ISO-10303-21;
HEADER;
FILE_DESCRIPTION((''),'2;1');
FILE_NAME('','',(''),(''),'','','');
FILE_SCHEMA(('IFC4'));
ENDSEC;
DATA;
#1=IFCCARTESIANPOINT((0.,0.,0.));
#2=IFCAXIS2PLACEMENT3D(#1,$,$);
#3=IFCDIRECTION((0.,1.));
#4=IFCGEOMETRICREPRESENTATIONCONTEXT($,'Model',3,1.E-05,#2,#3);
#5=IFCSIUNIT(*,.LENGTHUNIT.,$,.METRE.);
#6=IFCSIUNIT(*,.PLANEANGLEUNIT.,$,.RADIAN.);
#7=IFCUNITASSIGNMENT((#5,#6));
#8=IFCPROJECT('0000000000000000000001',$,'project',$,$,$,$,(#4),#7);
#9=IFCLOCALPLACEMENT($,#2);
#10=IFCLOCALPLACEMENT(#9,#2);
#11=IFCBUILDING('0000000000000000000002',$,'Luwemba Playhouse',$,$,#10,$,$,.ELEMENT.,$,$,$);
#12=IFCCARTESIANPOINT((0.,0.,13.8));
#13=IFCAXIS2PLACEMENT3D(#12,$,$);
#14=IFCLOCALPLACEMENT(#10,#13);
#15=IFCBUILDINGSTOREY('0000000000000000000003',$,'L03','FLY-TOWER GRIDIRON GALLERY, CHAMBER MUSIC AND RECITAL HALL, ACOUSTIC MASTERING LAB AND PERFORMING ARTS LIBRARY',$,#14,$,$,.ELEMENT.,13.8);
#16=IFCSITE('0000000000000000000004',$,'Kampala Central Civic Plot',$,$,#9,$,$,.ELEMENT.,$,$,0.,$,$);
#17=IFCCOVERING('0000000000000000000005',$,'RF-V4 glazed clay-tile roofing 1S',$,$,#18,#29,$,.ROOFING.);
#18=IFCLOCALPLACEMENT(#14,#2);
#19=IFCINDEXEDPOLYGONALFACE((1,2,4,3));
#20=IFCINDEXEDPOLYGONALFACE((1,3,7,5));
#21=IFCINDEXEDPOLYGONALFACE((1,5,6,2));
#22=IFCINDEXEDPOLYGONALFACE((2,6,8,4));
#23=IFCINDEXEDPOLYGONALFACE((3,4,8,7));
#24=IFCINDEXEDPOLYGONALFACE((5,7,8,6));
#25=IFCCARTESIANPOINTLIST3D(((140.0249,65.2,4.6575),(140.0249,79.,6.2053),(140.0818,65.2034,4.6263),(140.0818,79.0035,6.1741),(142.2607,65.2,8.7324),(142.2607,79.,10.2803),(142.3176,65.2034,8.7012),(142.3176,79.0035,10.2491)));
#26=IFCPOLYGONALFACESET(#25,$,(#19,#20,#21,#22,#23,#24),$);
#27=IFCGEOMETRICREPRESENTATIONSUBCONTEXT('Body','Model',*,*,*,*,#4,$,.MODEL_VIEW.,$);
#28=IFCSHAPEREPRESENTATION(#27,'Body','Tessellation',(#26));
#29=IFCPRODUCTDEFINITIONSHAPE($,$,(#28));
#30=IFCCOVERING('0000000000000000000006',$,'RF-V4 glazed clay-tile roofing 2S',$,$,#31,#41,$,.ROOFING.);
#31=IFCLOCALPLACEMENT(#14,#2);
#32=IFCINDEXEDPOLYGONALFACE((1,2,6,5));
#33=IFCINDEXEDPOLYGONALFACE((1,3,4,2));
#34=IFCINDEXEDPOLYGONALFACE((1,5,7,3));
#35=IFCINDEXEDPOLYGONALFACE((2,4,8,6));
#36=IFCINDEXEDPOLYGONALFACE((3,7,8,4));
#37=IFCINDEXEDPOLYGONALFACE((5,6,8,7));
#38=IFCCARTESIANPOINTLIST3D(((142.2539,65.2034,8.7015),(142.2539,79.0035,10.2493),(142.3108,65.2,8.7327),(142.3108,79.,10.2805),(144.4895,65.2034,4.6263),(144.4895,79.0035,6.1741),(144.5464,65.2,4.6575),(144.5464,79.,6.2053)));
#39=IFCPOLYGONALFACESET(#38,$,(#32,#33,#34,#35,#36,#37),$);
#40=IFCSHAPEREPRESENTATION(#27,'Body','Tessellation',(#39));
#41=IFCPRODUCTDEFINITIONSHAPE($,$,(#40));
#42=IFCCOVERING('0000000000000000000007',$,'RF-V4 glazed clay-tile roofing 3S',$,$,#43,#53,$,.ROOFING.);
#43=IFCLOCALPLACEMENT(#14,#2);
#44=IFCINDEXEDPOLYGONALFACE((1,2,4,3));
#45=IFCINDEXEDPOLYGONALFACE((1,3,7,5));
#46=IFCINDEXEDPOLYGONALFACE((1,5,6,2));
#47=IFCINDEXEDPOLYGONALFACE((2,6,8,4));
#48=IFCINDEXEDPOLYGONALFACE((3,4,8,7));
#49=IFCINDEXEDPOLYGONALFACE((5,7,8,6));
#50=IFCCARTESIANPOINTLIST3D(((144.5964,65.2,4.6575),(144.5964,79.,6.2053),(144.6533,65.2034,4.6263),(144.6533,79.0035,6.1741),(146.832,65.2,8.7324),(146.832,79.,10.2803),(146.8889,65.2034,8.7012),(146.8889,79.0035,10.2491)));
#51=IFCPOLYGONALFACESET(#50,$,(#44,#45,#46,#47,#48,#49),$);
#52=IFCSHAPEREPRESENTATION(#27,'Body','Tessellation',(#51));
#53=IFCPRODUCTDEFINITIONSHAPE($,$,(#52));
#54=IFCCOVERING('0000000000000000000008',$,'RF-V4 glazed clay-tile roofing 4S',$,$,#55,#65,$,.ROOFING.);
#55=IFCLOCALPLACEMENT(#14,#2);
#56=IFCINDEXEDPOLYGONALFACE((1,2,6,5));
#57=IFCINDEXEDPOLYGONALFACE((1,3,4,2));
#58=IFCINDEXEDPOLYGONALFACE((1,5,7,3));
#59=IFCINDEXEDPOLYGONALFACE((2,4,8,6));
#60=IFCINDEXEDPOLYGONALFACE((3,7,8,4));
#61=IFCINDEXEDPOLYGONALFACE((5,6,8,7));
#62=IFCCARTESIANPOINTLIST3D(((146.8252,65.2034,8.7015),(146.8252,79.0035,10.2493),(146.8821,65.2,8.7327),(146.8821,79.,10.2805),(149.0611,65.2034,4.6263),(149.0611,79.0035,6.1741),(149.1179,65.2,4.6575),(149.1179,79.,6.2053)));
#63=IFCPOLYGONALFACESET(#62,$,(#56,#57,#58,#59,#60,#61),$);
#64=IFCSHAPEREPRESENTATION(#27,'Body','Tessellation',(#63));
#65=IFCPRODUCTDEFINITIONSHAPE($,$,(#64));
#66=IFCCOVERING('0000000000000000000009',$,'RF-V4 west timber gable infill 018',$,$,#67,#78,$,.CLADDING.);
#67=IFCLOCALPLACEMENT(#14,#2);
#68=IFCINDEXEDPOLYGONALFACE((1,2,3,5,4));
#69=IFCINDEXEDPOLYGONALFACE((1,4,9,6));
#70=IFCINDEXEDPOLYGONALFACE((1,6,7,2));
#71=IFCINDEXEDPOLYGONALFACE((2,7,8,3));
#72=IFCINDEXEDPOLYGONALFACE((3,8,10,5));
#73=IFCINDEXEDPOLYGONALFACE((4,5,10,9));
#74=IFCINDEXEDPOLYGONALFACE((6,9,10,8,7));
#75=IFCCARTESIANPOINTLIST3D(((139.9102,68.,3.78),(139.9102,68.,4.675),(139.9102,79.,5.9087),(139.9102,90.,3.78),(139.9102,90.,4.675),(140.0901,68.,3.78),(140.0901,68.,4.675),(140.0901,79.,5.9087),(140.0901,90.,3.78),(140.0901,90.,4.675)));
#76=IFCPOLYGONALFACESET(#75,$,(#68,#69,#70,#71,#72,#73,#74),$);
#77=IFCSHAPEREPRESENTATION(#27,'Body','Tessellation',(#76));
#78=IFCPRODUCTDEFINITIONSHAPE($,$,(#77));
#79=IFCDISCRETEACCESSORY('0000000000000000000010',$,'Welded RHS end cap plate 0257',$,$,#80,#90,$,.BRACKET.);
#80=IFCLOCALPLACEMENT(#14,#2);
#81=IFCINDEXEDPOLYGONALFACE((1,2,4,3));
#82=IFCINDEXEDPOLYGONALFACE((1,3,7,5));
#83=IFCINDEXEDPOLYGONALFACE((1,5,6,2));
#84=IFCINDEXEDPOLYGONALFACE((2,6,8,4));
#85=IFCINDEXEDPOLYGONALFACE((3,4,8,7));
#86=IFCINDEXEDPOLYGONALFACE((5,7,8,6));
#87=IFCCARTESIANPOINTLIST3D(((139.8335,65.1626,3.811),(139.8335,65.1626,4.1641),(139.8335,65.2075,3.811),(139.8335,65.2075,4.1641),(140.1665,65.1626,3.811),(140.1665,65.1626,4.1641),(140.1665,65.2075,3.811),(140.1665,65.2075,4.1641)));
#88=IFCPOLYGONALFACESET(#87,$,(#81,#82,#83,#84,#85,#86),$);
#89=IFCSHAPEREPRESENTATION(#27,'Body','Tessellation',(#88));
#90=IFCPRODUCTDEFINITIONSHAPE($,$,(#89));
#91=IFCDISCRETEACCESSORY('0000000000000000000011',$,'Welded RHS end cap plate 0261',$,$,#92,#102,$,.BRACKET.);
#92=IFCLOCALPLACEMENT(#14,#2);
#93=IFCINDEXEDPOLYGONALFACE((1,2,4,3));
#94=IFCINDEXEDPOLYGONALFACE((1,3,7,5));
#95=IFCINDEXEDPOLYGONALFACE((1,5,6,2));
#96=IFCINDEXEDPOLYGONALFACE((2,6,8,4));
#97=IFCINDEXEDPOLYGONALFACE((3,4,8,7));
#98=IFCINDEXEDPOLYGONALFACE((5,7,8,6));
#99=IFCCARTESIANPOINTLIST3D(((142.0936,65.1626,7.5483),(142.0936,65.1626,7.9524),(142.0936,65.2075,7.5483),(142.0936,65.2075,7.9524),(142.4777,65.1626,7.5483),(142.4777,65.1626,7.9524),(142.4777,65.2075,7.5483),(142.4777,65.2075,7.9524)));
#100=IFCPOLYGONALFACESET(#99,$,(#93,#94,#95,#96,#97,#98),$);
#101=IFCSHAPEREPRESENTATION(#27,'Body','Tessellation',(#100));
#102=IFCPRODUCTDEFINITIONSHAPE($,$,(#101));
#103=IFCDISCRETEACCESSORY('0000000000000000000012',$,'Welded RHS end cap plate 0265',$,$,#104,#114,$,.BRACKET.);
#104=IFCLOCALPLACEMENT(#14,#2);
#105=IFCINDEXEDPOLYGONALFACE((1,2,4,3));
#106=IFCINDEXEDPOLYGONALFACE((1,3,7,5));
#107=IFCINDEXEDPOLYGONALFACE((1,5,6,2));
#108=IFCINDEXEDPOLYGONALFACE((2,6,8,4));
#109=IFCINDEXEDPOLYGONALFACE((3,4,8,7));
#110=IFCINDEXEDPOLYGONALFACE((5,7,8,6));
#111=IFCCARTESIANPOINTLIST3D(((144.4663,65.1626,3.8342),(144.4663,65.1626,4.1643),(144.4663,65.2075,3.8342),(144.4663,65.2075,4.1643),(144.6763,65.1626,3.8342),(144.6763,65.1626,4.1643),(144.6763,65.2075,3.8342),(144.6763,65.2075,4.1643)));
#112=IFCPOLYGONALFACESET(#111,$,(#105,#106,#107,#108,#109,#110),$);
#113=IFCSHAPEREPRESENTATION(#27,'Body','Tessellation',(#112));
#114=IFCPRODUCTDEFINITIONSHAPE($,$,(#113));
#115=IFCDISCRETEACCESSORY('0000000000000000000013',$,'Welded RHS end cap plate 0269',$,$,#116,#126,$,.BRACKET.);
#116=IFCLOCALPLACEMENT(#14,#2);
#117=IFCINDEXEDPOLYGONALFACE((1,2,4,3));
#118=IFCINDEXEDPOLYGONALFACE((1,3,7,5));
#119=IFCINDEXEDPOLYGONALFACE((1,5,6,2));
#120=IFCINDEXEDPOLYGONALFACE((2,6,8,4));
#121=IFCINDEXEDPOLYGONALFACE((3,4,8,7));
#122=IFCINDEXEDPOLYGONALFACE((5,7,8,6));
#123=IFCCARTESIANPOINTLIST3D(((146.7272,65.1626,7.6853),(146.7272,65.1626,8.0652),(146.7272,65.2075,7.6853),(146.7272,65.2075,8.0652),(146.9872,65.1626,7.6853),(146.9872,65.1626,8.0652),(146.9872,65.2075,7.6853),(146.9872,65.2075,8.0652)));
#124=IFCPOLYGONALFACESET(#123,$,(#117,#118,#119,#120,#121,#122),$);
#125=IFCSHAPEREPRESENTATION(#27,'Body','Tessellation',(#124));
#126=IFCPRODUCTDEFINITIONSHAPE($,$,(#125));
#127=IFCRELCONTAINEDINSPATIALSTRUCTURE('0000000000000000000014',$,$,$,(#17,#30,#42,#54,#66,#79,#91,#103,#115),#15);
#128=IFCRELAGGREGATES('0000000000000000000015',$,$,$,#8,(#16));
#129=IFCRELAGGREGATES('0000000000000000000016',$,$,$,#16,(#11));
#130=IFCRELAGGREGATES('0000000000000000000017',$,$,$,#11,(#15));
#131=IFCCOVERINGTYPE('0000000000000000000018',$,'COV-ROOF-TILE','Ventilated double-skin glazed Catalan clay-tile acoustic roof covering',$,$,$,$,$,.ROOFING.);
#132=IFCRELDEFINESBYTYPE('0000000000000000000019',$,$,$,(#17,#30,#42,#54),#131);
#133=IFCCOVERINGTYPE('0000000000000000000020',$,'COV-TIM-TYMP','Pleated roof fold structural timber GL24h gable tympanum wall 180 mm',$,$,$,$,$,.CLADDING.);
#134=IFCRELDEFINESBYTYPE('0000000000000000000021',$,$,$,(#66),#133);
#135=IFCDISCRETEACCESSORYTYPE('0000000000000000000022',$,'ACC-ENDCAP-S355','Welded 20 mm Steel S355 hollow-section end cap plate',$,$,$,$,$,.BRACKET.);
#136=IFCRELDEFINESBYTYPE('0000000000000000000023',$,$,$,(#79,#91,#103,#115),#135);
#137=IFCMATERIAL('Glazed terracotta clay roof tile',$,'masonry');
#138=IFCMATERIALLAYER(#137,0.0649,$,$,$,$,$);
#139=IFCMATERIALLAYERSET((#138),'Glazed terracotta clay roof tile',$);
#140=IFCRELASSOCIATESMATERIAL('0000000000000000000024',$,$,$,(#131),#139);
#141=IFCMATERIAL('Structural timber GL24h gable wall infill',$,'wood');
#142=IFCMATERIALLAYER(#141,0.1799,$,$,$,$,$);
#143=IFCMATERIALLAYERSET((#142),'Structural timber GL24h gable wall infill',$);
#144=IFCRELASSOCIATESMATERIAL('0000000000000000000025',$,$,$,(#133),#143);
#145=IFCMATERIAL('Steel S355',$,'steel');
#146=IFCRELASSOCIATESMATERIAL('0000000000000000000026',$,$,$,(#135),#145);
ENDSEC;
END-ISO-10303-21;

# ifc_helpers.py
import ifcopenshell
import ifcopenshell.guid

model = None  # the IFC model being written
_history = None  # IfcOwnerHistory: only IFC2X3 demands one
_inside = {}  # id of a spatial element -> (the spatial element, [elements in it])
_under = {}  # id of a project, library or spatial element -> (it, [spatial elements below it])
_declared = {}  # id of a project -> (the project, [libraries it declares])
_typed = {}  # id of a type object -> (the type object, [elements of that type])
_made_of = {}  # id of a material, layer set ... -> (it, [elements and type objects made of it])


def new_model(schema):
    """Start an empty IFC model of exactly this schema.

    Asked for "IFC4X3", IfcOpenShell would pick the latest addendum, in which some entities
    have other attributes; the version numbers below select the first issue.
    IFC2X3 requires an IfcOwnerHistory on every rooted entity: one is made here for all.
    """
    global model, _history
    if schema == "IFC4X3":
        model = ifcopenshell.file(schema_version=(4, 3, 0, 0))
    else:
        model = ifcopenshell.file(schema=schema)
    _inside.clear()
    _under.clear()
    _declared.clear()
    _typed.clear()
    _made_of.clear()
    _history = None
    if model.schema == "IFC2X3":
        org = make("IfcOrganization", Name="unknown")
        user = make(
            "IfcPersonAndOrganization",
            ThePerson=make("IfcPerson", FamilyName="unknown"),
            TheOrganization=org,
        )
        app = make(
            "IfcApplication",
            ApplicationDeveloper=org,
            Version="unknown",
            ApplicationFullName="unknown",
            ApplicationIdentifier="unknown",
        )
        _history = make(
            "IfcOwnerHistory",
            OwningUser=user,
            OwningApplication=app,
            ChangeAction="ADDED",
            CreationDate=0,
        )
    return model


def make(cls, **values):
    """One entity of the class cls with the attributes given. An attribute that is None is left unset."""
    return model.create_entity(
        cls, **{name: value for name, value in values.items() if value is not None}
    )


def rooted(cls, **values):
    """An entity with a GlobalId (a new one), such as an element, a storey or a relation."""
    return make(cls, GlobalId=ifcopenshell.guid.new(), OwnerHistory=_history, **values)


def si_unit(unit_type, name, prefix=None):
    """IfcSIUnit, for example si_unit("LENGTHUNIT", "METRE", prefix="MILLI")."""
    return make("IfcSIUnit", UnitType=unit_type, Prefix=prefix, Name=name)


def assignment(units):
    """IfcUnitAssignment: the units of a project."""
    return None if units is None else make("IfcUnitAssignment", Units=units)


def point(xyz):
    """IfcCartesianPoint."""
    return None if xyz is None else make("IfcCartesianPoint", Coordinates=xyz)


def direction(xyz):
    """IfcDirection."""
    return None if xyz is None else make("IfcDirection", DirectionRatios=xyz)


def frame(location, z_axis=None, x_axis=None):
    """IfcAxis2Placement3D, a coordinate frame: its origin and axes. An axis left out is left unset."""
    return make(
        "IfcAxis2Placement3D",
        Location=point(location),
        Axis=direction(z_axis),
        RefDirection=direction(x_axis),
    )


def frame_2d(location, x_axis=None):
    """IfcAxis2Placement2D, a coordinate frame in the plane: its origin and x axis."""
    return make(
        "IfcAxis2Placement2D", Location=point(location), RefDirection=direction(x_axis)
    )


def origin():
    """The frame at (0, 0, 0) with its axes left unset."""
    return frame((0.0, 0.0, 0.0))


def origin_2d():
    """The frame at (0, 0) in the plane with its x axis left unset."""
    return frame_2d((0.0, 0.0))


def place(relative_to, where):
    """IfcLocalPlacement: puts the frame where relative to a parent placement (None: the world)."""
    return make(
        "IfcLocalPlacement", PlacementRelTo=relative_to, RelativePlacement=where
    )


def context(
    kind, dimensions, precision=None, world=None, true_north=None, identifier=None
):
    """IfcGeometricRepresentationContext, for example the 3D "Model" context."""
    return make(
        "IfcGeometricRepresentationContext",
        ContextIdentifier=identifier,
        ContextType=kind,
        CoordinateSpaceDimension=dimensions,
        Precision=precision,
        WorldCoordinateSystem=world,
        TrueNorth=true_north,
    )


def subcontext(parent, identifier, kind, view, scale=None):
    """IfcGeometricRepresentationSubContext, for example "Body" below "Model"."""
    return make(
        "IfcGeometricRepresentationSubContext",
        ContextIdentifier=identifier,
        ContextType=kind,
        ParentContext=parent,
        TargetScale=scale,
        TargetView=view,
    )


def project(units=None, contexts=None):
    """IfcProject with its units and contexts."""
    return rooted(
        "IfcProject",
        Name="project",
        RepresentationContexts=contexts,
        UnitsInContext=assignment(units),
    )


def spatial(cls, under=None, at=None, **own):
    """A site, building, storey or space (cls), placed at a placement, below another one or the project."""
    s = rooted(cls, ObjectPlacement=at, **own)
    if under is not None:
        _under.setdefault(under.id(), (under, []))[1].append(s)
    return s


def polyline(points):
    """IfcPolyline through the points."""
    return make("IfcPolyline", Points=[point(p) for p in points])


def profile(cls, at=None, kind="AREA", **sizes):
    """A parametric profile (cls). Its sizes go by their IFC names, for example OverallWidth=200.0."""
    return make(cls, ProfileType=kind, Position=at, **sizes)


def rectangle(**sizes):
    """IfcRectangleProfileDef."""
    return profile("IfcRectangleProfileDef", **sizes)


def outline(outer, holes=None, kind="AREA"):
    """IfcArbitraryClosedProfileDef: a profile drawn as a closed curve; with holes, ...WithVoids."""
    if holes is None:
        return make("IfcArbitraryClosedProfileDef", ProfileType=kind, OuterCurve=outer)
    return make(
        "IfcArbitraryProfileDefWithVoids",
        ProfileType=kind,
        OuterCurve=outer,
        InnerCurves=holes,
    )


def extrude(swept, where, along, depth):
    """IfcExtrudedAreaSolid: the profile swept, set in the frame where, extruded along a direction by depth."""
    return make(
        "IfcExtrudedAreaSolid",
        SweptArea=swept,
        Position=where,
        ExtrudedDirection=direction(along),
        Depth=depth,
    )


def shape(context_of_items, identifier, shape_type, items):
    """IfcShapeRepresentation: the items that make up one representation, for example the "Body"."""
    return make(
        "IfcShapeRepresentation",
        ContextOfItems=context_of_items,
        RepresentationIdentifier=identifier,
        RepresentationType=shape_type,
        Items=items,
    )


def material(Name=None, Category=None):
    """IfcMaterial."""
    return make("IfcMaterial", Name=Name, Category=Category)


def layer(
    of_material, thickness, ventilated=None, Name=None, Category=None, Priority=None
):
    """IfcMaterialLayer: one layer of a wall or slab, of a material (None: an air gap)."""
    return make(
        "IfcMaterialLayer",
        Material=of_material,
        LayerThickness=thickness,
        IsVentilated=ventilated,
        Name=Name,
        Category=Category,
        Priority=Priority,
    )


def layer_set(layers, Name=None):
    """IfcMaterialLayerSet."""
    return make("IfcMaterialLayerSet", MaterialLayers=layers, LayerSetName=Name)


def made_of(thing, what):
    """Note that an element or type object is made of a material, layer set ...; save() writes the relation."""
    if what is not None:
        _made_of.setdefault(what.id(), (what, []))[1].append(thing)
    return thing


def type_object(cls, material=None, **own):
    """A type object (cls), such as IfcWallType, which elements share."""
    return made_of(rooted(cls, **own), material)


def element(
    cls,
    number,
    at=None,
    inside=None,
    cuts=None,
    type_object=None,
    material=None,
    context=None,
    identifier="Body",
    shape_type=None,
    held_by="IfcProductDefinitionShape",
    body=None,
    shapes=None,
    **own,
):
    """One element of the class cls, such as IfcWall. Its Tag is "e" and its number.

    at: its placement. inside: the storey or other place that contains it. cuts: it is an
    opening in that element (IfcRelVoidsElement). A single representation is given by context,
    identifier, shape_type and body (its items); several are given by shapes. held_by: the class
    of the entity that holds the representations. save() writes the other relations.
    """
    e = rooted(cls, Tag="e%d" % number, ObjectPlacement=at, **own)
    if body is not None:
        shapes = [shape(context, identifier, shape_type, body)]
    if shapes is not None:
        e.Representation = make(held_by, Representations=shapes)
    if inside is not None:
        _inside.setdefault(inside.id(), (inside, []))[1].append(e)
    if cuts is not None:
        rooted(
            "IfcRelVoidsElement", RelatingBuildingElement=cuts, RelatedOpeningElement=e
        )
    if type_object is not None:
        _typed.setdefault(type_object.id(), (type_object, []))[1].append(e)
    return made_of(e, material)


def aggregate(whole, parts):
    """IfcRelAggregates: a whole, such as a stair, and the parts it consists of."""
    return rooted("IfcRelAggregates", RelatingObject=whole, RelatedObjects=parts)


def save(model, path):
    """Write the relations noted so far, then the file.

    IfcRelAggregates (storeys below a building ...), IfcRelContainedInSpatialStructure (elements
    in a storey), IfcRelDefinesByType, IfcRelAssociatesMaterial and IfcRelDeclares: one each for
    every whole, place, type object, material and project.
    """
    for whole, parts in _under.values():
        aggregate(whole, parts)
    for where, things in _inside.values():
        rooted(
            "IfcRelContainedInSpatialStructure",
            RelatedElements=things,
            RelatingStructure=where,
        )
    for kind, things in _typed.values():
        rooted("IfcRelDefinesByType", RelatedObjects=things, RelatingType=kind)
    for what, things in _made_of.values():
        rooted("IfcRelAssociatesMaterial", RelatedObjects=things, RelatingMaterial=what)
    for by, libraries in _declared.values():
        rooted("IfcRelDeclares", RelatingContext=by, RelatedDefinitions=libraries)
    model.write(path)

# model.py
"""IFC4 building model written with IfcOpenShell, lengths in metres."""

from ifc_helpers import new_model, si_unit, direction, frame, origin, origin_2d, place, context, subcontext, project, spatial, polyline, rectangle, outline, extrude, material, layer, layer_set, type_object, element, save


model = new_model("IFC4")

# Units and contexts
model_context = context("Model", 3, precision=1e-05, world=origin(), true_north=direction((0.0, 1.0)))
body_context = subcontext(model_context, "Body", "Model", "MODEL_VIEW")
ifc_project = project(units=[si_unit("LENGTHUNIT", "METRE"), si_unit("PLANEANGLEUNIT", "RADIAN")], contexts=[model_context])

# Site, building, storey
site_placement = place(None, origin())
site = spatial("IfcSite", under=ifc_project, at=site_placement, Name="Kampala Central Civic Plot", CompositionType="ELEMENT", RefElevation=0.0)
building_placement = place(site_placement, origin())
building = spatial("IfcBuilding", under=site, at=building_placement, Name="Luwemba Playhouse", CompositionType="ELEMENT")
storey_placement = place(building_placement, frame((0.0, 0.0, 13.8)))
storey = spatial("IfcBuildingStorey", under=building, at=storey_placement, Name="L03", Description="FLY-TOWER GRIDIRON GALLERY, CHAMBER MUSIC AND RECITAL HALL, ACOUSTIC MASTERING LAB AND PERFORMING ARTS LIBRARY", CompositionType="ELEMENT", Elevation=13.8)

# Shared definitions
ifc_material_1 = material(Name="Steel S355", Category="steel")

# Coverings
ifc_material_2 = material(Name="Glazed terracotta clay roof tile", Category="masonry")
ifc_layer_1 = layer(ifc_material_2, 0.0649)
ifc_layer_set_1 = layer_set([ifc_layer_1], Name="Glazed terracotta clay roof tile")
covering_type_1 = type_object("IfcCoveringType", Name="COV-ROOF-TILE", Description="Ventilated double-skin glazed Catalan clay-tile acoustic roof covering", PredefinedType="ROOFING", material=ifc_layer_set_1)
covering_1_placement = place(storey_placement, frame((140.0249, 65.2, 4.6575), z_axis=(-0.875431, -0.053875, 0.480331), x_axis=(0.481029, 0.0, 0.876705)))
element("IfcCovering", 1, at=covering_1_placement, inside=storey, type_object=covering_type_1, Name="RF-V4 glazed clay-tile roofing 1S", PredefinedType="ROOFING", context=body_context, shape_type="SweptSolid", body=[
    extrude(outline(polyline([(0.0, 0.0), (4.648, 0.0), (6.005, 13.8201), (1.357, 13.8201), (0.0, 0.0)])), origin(), (0.0, 0.0, -1.0), 0.0649),
])
covering_2_placement = place(storey_placement, frame((142.3108, 65.2, 8.7327), z_axis=(0.875466, -0.053868, 0.480268), x_axis=(0.480967, 0.0, -0.876739)))
element("IfcCovering", 2, at=covering_2_placement, inside=storey, type_object=covering_type_1, Name="RF-V4 glazed clay-tile roofing 2S", PredefinedType="ROOFING", context=body_context, shape_type="SweptSolid", body=[
    extrude(outline(polyline([(0.0, 0.0), (4.6481, 0.0), (3.2911, 13.8201), (-1.3571, 13.8201), (0.0, 0.0)])), origin(), (0.0, 0.0, -1.0), 0.0649),
])
covering_3_placement = place(storey_placement, frame((144.5964, 65.2, 4.6575), z_axis=(-0.875454, -0.053871, 0.48029), x_axis=(0.480989, 0.0, 0.876727)))
element("IfcCovering", 3, at=covering_3_placement, inside=storey, type_object=covering_type_1, Name="RF-V4 glazed clay-tile roofing 3S", PredefinedType="ROOFING", context=body_context, shape_type="SweptSolid", body=[
    extrude(outline(polyline([(0.0, 0.0), (4.6479, 0.0), (6.005, 13.8201), (1.357, 13.8201), (0.0, 0.0)])), origin(), (0.0, 0.0, -1.0), 0.0649),
])
covering_4_placement = place(storey_placement, frame((146.8821, 65.2, 8.7327), z_axis=(0.875444, -0.053873, 0.480309), x_axis=(0.481007, 0.0, -0.876717)))
element("IfcCovering", 4, at=covering_4_placement, inside=storey, type_object=covering_type_1, Name="RF-V4 glazed clay-tile roofing 4S", PredefinedType="ROOFING", context=body_context, shape_type="SweptSolid", body=[
    extrude(outline(polyline([(0.0, 0.0), (4.6482, 0.0), (3.2912, 13.8201), (-1.357, 13.8201), (0.0, 0.0)])), origin(), (0.0, 0.0, -1.0), 0.0649),
])
ifc_material_3 = material(Name="Structural timber GL24h gable wall infill", Category="wood")
ifc_layer_2 = layer(ifc_material_3, 0.1799)
ifc_layer_set_2 = layer_set([ifc_layer_2], Name="Structural timber GL24h gable wall infill")
covering_type_2 = type_object("IfcCoveringType", Name="COV-TIM-TYMP", Description="Pleated roof fold structural timber GL24h gable tympanum wall 180 mm", PredefinedType="CLADDING", material=ifc_layer_set_2)
covering_5_placement = place(storey_placement, frame((140.0, 68.0, 3.78), z_axis=(0.0, 0.0, 1.0), x_axis=(0.0, 1.0, 0.0)))
element("IfcCovering", 5, at=covering_5_placement, inside=storey, type_object=covering_type_2, Name="RF-V4 west timber gable infill 018", PredefinedType="CLADDING", context=body_context, shape_type="SweptSolid", body=[
    extrude(outline(polyline([(0.0, 0.0), (22.0, 0.0), (22.0, 0.895), (11.0, 2.1287), (0.0, 0.895), (0.0, 0.0)])), frame((0.0, 0.0898, 0.0), z_axis=(0.0, -1.0, 0.0), x_axis=(1.0, 0.0, 0.0)), (0.0, 0.0, 1.0), 0.1799),
])

# Discrete accessories
discrete_accessory_type = type_object("IfcDiscreteAccessoryType", Name="ACC-ENDCAP-S355", Description="Welded 20 mm Steel S355 hollow-section end cap plate", PredefinedType="BRACKET", material=ifc_material_1)
discrete_accessory_1_placement = place(storey_placement, frame((140.0, 65.1851, 3.811), z_axis=(0.0, 0.0, 1.0), x_axis=(1.0, 0.0, 0.0)))
element("IfcDiscreteAccessory", 6, at=discrete_accessory_1_placement, inside=storey, type_object=discrete_accessory_type, Name="Welded RHS end cap plate 0257", PredefinedType="BRACKET", context=body_context, shape_type="SweptSolid", body=[
    extrude(rectangle(XDim=0.333, YDim=0.0449, at=origin_2d()), origin(), (0.0, 0.0, 1.0), 0.353),
])
discrete_accessory_2_placement = place(storey_placement, frame((142.2856, 65.1851, 7.5483), z_axis=(0.0, 0.0, 1.0), x_axis=(1.0, 0.0, 0.0)))
element("IfcDiscreteAccessory", 7, at=discrete_accessory_2_placement, inside=storey, type_object=discrete_accessory_type, Name="Welded RHS end cap plate 0261", PredefinedType="BRACKET", context=body_context, shape_type="SweptSolid", body=[
    extrude(rectangle(XDim=0.384, YDim=0.0449, at=origin_2d()), origin(), (0.0, 0.0, 1.0), 0.4041),
])
discrete_accessory_3_placement = place(storey_placement, frame((144.5713, 65.1851, 3.8342), z_axis=(0.0, 0.0, 1.0), x_axis=(1.0, 0.0, 0.0)))
element("IfcDiscreteAccessory", 8, at=discrete_accessory_3_placement, inside=storey, type_object=discrete_accessory_type, Name="Welded RHS end cap plate 0265", PredefinedType="BRACKET", context=body_context, shape_type="SweptSolid", body=[
    extrude(rectangle(XDim=0.21, YDim=0.0449, at=origin_2d()), origin(), (0.0, 0.0, 1.0), 0.3301),
])
discrete_accessory_4_placement = place(storey_placement, frame((146.8572, 65.1851, 7.6853), z_axis=(0.0, 0.0, 1.0), x_axis=(1.0, 0.0, 0.0)))
element("IfcDiscreteAccessory", 9, at=discrete_accessory_4_placement, inside=storey, type_object=discrete_accessory_type, Name="Welded RHS end cap plate 0269", PredefinedType="BRACKET", context=body_context, shape_type="SweptSolid", body=[
    extrude(rectangle(XDim=0.26, YDim=0.0449, at=origin_2d()), origin(), (0.0, 0.0, 1.0), 0.3799),
])

save(model, "model.ifc")
